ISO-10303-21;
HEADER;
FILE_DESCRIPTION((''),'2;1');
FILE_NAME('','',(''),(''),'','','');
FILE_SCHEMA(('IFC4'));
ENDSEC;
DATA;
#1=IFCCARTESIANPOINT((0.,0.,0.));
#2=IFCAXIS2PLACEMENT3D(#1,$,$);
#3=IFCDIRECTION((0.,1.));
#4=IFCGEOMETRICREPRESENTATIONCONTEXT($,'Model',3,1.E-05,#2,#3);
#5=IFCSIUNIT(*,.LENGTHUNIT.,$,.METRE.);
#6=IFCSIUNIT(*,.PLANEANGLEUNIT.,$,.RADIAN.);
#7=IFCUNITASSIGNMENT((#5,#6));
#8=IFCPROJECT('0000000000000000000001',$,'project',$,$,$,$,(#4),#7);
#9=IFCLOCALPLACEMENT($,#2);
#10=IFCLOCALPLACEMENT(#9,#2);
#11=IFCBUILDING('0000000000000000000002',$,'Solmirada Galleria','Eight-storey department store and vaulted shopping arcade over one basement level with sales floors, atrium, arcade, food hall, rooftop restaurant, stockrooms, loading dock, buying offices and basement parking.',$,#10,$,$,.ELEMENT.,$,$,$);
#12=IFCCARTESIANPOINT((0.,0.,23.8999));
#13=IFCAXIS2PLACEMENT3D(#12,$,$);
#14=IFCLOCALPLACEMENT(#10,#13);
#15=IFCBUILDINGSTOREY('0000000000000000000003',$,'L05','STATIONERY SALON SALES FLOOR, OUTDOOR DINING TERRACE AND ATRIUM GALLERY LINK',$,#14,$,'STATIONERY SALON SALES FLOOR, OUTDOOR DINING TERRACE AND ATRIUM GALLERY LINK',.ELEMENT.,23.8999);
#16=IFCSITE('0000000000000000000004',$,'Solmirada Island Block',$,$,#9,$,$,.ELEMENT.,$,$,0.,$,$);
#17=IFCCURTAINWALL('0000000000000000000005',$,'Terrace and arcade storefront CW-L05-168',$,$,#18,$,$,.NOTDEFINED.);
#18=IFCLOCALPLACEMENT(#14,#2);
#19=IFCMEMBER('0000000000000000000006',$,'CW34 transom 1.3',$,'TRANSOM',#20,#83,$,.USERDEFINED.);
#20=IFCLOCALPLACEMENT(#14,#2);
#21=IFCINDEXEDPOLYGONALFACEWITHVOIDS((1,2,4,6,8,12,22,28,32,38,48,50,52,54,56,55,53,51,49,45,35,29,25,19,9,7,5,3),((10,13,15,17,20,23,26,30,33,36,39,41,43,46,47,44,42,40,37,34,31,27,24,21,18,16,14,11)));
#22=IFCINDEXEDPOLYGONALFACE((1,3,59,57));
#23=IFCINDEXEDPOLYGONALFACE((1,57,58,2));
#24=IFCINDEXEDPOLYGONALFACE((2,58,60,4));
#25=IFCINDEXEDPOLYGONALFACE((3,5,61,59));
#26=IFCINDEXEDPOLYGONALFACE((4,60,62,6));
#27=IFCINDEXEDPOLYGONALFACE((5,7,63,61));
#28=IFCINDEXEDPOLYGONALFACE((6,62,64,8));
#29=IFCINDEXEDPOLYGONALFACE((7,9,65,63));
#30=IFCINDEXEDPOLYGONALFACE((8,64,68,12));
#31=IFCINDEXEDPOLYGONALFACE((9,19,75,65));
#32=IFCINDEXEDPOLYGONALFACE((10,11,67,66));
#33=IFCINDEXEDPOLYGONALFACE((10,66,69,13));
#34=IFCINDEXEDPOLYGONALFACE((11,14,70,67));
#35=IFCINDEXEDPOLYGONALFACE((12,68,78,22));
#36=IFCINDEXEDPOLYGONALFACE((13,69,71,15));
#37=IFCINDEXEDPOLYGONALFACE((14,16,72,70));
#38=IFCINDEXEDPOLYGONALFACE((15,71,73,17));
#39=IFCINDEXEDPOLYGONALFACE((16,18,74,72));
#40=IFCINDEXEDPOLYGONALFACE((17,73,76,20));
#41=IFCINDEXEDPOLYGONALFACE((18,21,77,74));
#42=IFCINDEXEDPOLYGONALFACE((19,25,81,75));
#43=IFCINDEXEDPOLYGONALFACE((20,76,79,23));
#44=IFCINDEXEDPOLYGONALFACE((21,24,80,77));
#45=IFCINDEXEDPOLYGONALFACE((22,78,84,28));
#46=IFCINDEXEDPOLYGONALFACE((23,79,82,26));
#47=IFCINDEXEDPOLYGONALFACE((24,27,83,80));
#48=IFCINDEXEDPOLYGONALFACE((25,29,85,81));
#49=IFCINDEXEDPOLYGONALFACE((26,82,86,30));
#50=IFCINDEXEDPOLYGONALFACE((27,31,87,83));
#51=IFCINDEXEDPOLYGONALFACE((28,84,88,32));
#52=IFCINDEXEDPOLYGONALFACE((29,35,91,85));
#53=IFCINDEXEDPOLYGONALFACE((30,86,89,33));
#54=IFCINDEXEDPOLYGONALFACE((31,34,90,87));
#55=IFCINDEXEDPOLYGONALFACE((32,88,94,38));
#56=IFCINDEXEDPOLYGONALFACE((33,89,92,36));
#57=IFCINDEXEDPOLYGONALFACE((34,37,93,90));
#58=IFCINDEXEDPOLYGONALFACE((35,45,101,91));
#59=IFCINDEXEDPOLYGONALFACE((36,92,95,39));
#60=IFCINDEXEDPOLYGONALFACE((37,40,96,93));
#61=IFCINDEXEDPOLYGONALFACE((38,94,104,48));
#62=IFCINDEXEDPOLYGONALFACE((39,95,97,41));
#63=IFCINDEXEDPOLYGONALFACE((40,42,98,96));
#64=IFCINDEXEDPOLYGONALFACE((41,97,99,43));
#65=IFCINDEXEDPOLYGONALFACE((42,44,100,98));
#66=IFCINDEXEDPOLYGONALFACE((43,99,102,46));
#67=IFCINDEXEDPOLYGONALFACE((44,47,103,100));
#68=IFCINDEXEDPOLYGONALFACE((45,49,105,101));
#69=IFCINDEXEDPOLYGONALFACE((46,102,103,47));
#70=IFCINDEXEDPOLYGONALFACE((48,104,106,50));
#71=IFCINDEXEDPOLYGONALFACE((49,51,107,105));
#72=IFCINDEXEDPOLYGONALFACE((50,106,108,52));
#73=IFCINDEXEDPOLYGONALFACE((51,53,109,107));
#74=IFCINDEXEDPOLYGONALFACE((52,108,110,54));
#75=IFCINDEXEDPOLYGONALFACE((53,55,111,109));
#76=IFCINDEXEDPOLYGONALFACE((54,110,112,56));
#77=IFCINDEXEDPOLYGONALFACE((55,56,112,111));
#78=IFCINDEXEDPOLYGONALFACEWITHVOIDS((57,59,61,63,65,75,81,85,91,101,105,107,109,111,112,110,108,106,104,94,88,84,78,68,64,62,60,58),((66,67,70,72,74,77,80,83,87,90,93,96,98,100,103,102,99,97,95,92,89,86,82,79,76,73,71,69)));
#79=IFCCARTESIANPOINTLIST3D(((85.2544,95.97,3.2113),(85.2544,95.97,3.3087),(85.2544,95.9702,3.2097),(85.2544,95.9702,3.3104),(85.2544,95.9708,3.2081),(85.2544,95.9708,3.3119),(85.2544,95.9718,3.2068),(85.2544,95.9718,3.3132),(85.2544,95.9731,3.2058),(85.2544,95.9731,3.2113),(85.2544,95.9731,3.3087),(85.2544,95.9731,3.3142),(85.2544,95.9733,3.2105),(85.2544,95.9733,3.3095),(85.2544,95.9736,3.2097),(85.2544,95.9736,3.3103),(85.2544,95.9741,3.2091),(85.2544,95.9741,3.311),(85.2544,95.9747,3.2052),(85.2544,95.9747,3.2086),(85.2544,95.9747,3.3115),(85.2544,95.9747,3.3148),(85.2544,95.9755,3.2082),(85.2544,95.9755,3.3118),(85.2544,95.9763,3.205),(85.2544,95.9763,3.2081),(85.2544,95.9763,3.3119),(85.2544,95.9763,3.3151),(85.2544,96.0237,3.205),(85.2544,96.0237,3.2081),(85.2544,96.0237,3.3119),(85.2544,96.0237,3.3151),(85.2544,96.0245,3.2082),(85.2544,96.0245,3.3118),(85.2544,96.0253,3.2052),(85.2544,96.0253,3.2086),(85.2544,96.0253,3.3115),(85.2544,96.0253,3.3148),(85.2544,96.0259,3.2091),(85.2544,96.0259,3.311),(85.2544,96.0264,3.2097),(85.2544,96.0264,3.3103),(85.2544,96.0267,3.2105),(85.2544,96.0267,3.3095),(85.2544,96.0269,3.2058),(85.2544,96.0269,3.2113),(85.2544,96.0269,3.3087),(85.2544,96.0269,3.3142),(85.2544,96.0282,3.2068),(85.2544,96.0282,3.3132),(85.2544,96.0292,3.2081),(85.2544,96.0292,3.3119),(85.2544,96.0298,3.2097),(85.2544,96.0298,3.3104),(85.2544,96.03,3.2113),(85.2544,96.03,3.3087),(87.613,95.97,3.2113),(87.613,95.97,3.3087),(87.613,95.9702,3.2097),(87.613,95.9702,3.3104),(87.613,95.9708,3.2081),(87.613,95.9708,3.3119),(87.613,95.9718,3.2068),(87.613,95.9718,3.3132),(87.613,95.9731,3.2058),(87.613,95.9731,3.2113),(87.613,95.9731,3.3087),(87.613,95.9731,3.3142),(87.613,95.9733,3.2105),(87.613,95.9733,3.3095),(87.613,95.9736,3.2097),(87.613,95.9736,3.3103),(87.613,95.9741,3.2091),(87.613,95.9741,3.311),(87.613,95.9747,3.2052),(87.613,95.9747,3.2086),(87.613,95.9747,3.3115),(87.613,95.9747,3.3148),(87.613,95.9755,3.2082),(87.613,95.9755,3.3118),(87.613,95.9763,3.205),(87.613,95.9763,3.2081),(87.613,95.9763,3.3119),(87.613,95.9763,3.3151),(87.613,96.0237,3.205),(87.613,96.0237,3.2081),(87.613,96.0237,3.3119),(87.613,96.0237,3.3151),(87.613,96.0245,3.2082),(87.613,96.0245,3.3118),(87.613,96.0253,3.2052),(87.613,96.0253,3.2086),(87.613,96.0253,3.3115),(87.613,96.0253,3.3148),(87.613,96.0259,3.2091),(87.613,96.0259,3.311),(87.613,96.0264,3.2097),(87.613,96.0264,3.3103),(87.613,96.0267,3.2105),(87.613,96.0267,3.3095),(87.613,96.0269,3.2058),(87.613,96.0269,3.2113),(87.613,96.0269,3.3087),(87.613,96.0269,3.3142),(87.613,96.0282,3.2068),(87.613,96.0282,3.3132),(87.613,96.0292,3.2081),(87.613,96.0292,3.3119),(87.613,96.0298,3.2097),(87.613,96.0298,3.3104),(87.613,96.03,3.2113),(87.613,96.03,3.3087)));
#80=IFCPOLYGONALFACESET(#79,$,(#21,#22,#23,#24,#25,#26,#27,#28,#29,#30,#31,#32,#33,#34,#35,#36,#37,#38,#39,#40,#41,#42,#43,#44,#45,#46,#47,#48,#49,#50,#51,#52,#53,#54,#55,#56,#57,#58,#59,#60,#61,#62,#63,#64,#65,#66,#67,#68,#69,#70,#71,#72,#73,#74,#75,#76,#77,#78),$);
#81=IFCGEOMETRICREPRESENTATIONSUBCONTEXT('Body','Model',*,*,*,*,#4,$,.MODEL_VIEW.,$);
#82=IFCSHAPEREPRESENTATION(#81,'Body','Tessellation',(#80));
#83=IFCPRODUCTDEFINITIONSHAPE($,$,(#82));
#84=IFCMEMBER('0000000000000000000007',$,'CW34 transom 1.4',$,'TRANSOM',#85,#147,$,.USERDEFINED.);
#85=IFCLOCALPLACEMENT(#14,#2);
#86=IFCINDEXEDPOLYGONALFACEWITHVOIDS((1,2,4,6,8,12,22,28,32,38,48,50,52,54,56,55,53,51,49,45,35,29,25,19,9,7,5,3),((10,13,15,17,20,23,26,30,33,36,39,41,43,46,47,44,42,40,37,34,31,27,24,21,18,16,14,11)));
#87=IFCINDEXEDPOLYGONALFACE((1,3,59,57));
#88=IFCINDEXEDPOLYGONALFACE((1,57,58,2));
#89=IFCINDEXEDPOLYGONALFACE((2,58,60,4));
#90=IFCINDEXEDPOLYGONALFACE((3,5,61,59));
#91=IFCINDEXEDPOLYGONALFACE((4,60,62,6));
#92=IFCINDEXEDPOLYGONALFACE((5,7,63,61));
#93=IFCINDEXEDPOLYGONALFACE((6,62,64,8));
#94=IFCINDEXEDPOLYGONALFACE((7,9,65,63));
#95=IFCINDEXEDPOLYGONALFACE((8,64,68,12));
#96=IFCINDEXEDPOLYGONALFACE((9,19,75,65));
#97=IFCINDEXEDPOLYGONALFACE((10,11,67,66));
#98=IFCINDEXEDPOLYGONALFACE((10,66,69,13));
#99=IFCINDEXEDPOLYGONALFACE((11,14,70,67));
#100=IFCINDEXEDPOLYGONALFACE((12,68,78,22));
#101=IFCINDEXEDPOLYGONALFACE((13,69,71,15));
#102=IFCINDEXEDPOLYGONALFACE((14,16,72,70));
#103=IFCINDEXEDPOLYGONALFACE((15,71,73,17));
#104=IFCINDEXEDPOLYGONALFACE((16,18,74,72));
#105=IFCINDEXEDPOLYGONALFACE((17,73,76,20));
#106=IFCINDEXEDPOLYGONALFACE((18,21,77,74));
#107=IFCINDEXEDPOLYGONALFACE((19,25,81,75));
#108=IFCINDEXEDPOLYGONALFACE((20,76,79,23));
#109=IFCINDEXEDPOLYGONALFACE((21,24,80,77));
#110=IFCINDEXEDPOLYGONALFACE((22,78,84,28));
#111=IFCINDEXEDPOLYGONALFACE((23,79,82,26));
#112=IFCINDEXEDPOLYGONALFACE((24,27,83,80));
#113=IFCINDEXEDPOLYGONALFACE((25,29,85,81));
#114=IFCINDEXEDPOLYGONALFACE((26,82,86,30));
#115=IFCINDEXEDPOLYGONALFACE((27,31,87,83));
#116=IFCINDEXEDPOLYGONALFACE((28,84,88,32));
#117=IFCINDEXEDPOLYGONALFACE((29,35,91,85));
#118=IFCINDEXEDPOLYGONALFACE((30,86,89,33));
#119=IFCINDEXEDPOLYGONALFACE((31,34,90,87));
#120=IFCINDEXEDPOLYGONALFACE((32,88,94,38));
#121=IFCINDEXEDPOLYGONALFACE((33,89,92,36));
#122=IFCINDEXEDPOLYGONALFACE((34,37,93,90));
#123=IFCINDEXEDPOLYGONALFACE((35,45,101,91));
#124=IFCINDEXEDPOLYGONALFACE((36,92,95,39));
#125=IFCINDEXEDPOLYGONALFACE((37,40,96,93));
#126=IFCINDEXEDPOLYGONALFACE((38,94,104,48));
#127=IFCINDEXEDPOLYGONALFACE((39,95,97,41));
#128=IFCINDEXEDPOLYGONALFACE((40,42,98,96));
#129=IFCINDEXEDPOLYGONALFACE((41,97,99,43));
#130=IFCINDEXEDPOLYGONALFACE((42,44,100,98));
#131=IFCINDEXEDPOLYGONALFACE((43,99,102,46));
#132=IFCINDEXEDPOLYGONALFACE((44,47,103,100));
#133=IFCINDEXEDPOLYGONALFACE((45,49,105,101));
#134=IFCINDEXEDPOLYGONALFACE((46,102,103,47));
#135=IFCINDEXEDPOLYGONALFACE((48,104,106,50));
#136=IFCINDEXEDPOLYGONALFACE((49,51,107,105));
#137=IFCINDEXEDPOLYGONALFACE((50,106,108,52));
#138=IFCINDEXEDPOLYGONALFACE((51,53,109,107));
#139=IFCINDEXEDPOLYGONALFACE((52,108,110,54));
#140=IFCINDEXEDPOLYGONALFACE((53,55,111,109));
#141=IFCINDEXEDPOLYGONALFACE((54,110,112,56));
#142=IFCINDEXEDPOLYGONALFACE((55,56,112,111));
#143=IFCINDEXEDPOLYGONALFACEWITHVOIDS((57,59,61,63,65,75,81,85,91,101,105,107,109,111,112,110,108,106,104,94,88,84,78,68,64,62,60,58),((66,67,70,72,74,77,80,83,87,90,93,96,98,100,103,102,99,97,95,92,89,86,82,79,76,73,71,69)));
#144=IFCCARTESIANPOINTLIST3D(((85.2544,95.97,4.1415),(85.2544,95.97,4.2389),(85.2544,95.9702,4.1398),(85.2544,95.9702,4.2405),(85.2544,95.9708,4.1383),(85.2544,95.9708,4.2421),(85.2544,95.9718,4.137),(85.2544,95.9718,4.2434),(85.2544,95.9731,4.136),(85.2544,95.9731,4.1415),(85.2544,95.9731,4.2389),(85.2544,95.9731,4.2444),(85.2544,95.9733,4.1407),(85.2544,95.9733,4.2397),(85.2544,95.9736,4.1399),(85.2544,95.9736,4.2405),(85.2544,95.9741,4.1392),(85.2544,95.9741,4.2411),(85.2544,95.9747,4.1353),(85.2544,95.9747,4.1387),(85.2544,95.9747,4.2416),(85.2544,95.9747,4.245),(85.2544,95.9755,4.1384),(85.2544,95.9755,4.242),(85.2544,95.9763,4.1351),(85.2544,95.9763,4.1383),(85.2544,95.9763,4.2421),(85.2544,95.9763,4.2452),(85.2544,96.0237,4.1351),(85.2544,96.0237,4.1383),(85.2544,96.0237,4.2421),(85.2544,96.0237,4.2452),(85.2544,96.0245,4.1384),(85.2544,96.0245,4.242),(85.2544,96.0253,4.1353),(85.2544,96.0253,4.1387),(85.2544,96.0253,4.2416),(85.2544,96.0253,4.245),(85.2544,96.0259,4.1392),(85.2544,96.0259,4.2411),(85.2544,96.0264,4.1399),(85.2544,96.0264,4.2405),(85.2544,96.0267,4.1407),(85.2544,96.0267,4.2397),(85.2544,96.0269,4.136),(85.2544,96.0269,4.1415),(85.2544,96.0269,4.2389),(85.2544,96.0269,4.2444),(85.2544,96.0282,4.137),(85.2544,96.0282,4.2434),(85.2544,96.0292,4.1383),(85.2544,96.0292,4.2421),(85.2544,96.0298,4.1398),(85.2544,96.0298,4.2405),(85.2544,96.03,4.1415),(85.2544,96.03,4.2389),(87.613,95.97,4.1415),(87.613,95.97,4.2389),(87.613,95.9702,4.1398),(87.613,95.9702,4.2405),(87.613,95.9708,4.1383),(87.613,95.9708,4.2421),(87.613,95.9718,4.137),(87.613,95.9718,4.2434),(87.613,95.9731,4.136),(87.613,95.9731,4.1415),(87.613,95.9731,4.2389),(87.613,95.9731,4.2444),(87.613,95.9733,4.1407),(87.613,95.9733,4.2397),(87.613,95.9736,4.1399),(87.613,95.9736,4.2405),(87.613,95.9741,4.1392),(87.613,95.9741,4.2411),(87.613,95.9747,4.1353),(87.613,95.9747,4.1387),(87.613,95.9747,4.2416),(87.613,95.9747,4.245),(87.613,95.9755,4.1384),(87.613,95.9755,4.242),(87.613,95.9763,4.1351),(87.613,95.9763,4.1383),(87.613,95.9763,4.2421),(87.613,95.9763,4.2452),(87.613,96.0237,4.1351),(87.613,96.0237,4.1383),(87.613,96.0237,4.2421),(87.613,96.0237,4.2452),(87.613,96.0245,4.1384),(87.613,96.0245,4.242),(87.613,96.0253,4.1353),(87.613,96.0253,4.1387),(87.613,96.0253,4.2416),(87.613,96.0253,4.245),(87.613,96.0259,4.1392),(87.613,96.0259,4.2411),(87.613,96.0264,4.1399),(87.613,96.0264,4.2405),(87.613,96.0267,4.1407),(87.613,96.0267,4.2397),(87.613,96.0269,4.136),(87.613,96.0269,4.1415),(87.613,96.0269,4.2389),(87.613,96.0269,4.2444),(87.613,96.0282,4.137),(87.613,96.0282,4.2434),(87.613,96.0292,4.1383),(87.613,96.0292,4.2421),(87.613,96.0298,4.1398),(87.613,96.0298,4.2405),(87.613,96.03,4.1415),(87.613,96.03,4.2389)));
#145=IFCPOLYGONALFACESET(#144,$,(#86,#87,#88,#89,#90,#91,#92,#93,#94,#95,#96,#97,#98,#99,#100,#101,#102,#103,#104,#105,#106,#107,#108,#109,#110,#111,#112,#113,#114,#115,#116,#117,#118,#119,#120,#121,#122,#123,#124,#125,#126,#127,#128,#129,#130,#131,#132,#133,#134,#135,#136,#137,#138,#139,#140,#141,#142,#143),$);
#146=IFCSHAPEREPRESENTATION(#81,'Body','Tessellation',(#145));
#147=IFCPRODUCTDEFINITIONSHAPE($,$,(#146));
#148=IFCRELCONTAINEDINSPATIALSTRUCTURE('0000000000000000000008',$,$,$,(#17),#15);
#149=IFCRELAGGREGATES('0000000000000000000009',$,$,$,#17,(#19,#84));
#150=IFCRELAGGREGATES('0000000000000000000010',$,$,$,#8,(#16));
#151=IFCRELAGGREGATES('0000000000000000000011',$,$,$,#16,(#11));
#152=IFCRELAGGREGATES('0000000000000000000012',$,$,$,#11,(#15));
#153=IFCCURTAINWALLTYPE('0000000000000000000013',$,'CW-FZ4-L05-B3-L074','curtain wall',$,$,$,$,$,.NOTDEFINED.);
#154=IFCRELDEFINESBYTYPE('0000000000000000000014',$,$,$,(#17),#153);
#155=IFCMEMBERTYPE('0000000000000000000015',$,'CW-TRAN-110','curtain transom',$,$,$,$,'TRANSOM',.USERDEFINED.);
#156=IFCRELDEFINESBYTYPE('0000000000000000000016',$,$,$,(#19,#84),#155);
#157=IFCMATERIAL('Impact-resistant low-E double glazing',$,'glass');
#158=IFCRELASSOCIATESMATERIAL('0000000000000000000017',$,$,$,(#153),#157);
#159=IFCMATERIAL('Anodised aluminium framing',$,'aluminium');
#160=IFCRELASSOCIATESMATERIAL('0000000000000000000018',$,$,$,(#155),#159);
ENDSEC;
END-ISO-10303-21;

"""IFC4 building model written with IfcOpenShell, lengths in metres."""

from ifc_helpers import new_model, si_unit, direction, frame, origin, origin_2d, place, context, subcontext, project, spatial, hollow_rectangle, extrude, material, material_profile, profile_set, type_object, element, aggregate, save


model = new_model("IFC4")

# Units and contexts
model_context = context("Model", 3, precision=1e-05, world=origin(), true_north=direction((0.0, 1.0)))
body_context = subcontext(model_context, "Body", "Model", "MODEL_VIEW")
ifc_project = project(units=[si_unit("LENGTHUNIT", "METRE"), si_unit("PLANEANGLEUNIT", "RADIAN")], contexts=[model_context])

# Site, building, storey
site_placement = place(None, origin())
site = spatial("IfcSite", under=ifc_project, at=site_placement, Name="Solmirada Island Block", CompositionType="ELEMENT", RefElevation=0.0)
building_placement = place(site_placement, origin())
building = spatial("IfcBuilding", under=site, at=building_placement, Name="Solmirada Galleria", Description="Eight-storey department store and vaulted shopping arcade over one basement level with sales floors, atrium, arcade, food hall, rooftop restaurant, stockrooms, loading dock, buying offices and basement parking.", CompositionType="ELEMENT")
storey_placement = place(building_placement, frame((0.0, 0.0, 23.8999)))
storey = spatial("IfcBuildingStorey", under=building, at=storey_placement, Name="L05", Description="STATIONERY SALON SALES FLOOR, OUTDOOR DINING TERRACE AND ATRIUM GALLERY LINK", LongName="STATIONERY SALON SALES FLOOR, OUTDOOR DINING TERRACE AND ATRIUM GALLERY LINK", CompositionType="ELEMENT", Elevation=23.8999)

# Curtain wall
ifc_material_1 = material(Name="Impact-resistant low-E double glazing", Category="glass")
curtain_wall_type = type_object("IfcCurtainWallType", Name="CW-FZ4-L05-B3-L074", Description="curtain wall", PredefinedType="NOTDEFINED", material=ifc_material_1)
curtain_wall_1_placement = place(storey_placement, origin())
curtain_wall_1 = element("IfcCurtainWall", 1, at=curtain_wall_1_placement, inside=storey, type_object=curtain_wall_type, Name="Terrace and arcade storefront CW-L05-168", PredefinedType="NOTDEFINED")
ifc_material_2 = material(Name="Anodised aluminium framing", Category="aluminium")

# Members
ifc_material_profile_1 = material_profile(ifc_material_2, hollow_rectangle(XDim=0.0601, YDim=0.1101, WallThickness=0.0032, InnerFilletRadius=0.0032, OuterFilletRadius=0.0063, at=origin_2d()), Name="ALU-TRAN-110X60")
ifc_profile_set_1 = profile_set([ifc_material_profile_1], Name="Anodised aluminium framing")
member_type_1 = type_object("IfcMemberType", Name="CW-TRAN-110", Description="curtain transom", ElementType="TRANSOM", PredefinedType="USERDEFINED", material=ifc_profile_set_1)
member_1_placement = place(storey_placement, frame((87.613, 96.0, 3.26), z_axis=(-1.0, 0.0, 0.0), x_axis=(0.0, -1.0, 0.0)))
member_1 = element("IfcMember", 2, at=member_1_placement, type_object=member_type_1, Name="CW34 transom 1.3", ObjectType="TRANSOM", PredefinedType="USERDEFINED", context=body_context, shape_type="SweptSolid", body=[
    extrude(hollow_rectangle(XDim=0.0601, YDim=0.1101, WallThickness=0.0032, InnerFilletRadius=0.0032, OuterFilletRadius=0.0063, at=origin_2d()), origin(), (0.0, 0.0, 1.0), 2.3586),
])
member_2_placement = place(storey_placement, frame((87.613, 96.0, 4.1902), z_axis=(-1.0, 0.0, 0.0), x_axis=(0.0, -1.0, 0.0)))
member_2 = element("IfcMember", 3, at=member_2_placement, type_object=member_type_1, Name="CW34 transom 1.4", ObjectType="TRANSOM", PredefinedType="USERDEFINED", context=body_context, shape_type="SweptSolid", body=[
    extrude(hollow_rectangle(XDim=0.0601, YDim=0.1101, WallThickness=0.0032, InnerFilletRadius=0.0032, OuterFilletRadius=0.0063, at=origin_2d()), origin(), (0.0, 0.0, 1.0), 2.3586),
])

aggregate(curtain_wall_1, [member_1, member_2])

save(model, "model.ifc")
